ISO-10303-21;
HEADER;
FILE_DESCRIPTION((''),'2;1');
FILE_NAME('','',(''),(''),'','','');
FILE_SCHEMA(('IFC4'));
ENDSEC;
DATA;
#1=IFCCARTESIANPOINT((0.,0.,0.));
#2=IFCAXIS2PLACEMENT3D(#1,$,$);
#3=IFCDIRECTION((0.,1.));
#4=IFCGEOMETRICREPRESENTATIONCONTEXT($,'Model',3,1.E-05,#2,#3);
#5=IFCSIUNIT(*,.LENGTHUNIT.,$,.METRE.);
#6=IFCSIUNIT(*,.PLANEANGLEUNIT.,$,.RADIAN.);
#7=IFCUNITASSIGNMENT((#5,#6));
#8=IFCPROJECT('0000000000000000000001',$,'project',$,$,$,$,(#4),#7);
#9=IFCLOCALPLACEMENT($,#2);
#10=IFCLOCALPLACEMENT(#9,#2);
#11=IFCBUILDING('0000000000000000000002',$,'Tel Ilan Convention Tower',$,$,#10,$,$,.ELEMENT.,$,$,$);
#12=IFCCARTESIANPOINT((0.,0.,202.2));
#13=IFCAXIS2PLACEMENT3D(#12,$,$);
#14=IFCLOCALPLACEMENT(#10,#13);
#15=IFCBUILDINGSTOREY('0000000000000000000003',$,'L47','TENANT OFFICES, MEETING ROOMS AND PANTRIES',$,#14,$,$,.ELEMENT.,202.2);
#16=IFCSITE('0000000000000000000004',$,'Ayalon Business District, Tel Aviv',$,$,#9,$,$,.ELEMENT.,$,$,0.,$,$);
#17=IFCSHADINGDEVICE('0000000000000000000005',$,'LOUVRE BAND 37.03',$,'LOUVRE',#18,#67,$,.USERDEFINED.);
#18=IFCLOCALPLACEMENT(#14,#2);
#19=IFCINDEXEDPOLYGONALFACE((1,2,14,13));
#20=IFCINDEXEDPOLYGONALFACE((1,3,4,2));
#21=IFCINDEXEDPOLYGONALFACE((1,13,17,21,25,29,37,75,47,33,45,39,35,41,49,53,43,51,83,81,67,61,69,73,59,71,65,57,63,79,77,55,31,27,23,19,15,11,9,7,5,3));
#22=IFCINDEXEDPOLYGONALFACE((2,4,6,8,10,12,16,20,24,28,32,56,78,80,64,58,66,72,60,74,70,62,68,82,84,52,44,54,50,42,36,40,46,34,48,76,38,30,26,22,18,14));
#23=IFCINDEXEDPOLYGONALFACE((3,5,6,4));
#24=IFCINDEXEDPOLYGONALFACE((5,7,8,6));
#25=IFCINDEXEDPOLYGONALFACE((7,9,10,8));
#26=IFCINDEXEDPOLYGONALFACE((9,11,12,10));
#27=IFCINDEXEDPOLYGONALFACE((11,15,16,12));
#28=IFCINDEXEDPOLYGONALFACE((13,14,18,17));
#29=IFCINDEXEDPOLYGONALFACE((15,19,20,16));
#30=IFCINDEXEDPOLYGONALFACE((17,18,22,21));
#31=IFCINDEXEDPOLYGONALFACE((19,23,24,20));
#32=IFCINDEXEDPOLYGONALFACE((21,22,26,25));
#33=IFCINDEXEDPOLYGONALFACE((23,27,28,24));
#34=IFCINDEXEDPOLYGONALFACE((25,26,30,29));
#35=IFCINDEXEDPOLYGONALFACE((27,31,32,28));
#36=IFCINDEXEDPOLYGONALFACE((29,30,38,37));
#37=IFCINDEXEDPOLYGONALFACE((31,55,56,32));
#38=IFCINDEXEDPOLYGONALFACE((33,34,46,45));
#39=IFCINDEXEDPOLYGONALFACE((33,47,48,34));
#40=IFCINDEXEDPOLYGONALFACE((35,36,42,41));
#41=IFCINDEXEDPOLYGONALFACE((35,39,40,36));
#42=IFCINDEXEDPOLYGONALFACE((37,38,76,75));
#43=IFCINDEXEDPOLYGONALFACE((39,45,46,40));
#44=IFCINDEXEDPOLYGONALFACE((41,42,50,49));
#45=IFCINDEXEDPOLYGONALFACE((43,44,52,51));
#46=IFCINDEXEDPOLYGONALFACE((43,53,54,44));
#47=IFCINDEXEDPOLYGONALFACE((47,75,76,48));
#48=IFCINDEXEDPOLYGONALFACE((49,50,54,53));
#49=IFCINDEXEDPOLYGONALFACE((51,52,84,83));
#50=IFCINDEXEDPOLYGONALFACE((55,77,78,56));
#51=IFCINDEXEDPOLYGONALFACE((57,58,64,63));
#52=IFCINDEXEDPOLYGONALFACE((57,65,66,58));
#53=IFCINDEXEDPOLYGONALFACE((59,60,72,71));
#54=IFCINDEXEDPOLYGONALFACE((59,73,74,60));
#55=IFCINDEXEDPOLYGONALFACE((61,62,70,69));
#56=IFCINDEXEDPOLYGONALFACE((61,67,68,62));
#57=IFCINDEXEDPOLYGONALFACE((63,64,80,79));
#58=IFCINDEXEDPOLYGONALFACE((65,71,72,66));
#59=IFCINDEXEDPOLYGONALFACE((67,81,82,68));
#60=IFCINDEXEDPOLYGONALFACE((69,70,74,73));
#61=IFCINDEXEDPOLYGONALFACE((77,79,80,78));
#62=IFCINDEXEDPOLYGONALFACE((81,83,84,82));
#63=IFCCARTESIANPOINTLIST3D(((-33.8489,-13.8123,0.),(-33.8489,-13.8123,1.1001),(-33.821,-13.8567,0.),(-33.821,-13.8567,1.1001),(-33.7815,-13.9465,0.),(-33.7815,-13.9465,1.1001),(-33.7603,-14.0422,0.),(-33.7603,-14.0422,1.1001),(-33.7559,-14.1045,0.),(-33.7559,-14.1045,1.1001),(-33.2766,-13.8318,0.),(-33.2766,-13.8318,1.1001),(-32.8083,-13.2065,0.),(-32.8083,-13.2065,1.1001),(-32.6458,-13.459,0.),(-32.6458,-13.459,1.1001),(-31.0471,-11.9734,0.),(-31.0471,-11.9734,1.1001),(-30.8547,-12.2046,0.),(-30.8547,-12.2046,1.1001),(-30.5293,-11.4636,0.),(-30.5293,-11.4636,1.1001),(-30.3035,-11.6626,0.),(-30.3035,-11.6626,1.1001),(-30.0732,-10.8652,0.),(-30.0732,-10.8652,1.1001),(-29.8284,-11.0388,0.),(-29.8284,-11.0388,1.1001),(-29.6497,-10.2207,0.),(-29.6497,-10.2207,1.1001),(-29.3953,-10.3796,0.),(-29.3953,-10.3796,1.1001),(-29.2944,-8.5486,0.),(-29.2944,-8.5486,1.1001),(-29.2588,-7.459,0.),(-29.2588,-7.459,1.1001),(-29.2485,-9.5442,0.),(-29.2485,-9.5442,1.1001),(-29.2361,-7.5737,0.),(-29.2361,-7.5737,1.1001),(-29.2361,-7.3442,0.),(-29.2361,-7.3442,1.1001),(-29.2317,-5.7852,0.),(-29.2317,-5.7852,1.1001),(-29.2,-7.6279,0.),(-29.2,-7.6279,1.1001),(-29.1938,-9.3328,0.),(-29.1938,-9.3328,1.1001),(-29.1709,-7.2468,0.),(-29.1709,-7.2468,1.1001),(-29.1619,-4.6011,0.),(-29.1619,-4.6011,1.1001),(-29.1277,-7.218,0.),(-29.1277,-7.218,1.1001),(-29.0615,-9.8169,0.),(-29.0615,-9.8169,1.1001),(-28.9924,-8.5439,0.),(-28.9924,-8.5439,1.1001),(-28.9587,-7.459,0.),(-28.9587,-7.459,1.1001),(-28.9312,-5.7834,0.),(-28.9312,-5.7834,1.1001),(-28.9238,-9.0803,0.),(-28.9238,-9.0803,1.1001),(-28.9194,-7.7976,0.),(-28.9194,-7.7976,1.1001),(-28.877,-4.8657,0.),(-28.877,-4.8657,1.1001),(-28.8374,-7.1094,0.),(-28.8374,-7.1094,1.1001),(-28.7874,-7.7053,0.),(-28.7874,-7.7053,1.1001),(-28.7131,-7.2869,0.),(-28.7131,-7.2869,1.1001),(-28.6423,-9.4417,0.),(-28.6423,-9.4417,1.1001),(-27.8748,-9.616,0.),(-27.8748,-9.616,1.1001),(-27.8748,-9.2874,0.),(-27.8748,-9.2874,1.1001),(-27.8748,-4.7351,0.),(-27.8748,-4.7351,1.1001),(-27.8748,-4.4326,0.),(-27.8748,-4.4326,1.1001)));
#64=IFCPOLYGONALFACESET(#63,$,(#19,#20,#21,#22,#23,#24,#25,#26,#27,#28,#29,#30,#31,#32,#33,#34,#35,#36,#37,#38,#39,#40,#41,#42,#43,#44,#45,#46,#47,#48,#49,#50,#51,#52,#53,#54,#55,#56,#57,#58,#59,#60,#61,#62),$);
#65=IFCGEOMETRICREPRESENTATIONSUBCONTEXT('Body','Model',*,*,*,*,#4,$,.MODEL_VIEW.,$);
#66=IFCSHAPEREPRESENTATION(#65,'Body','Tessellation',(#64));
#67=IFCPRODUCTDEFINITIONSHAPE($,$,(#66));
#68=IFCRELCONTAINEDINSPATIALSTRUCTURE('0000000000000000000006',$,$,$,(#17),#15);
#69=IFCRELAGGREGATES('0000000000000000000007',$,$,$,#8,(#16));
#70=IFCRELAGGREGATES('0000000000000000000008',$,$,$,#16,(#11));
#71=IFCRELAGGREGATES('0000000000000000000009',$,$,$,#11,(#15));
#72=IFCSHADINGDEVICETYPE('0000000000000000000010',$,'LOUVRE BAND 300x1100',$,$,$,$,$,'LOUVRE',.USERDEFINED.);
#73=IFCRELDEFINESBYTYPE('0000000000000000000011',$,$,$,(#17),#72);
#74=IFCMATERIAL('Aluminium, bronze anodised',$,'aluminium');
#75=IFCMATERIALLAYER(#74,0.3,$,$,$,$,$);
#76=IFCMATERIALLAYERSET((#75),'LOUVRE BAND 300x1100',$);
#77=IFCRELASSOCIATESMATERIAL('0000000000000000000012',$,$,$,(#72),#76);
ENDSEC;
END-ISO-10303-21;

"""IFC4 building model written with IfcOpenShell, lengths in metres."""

from ifc_helpers import new_model, si_unit, direction, frame, origin, place, context, subcontext, project, spatial, polyline, outline, extrude, material, layer, layer_set, type_object, element, save


model = new_model("IFC4")

# Units and contexts
model_context = context("Model", 3, precision=1e-05, world=origin(), true_north=direction((0.0, 1.0)))
body_context = subcontext(model_context, "Body", "Model", "MODEL_VIEW")
ifc_project = project(units=[si_unit("LENGTHUNIT", "METRE"), si_unit("PLANEANGLEUNIT", "RADIAN")], contexts=[model_context])

# Site, building, storey
site_placement = place(None, origin())
site = spatial("IfcSite", under=ifc_project, at=site_placement, Name="Ayalon Business District, Tel Aviv", CompositionType="ELEMENT", RefElevation=0.0)
building_placement = place(site_placement, origin())
building = spatial("IfcBuilding", under=site, at=building_placement, Name="Tel Ilan Convention Tower", CompositionType="ELEMENT")
storey_placement = place(building_placement, frame((0.0, 0.0, 202.2)))
storey = spatial("IfcBuildingStorey", under=building, at=storey_placement, Name="L47", Description="TENANT OFFICES, MEETING ROOMS AND PANTRIES", CompositionType="ELEMENT", Elevation=202.2)

# Shading device
ifc_material_1 = material(Name="Aluminium, bronze anodised", Category="aluminium")
ifc_layer_1 = layer(ifc_material_1, 0.3)
ifc_layer_set_1 = layer_set([ifc_layer_1], Name="LOUVRE BAND 300x1100")
shading_device_type = type_object("IfcShadingDeviceType", Name="LOUVRE BAND 300x1100", ElementType="LOUVRE", PredefinedType="USERDEFINED", material=ifc_layer_set_1)
shading_device_1_placement = place(storey_placement, origin())
element("IfcShadingDevice", 1, at=shading_device_1_placement, inside=storey, type_object=shading_device_type, Name="LOUVRE BAND 37.03", ObjectType="LOUVRE", PredefinedType="USERDEFINED", context=body_context, shape_type="SweptSolid", body=[
    extrude(outline(polyline([(-33.7559, -14.1045), (-33.2766, -13.8318), (-32.6458, -13.459), (-30.8547, -12.2046), (-30.3035, -11.6626), (-29.8284, -11.0388), (-29.3953, -10.3796), (-29.0615, -9.8169), (-27.8748, -9.616), (-27.8748, -9.2874), (-28.9238, -9.0803), (-28.9924, -8.5439), (-28.9194, -7.7976), (-28.7874, -7.7053), (-28.9587, -7.459), (-28.7131, -7.2869), (-28.8374, -7.1094), (-28.9312, -5.7834), (-28.877, -4.8657), (-27.8748, -4.7351), (-27.8748, -4.4326), (-29.1619, -4.6011), (-29.2317, -5.7852), (-29.1277, -7.218), (-29.1709, -7.2468), (-29.2361, -7.3442), (-29.2588, -7.459), (-29.2361, -7.5737), (-29.2, -7.6279), (-29.2944, -8.5486), (-29.1938, -9.3328), (-28.6423, -9.4417), (-29.2485, -9.5442), (-29.6497, -10.2207), (-30.0732, -10.8652), (-30.5293, -11.4636), (-31.0471, -11.9734), (-32.8083, -13.2065), (-33.8489, -13.8123), (-33.821, -13.8567), (-33.7815, -13.9465), (-33.7603, -14.0422), (-33.7559, -14.1045)])), origin(), (0.0, 0.0, 1.0), 1.1001),
])

save(model, "model.ifc")
